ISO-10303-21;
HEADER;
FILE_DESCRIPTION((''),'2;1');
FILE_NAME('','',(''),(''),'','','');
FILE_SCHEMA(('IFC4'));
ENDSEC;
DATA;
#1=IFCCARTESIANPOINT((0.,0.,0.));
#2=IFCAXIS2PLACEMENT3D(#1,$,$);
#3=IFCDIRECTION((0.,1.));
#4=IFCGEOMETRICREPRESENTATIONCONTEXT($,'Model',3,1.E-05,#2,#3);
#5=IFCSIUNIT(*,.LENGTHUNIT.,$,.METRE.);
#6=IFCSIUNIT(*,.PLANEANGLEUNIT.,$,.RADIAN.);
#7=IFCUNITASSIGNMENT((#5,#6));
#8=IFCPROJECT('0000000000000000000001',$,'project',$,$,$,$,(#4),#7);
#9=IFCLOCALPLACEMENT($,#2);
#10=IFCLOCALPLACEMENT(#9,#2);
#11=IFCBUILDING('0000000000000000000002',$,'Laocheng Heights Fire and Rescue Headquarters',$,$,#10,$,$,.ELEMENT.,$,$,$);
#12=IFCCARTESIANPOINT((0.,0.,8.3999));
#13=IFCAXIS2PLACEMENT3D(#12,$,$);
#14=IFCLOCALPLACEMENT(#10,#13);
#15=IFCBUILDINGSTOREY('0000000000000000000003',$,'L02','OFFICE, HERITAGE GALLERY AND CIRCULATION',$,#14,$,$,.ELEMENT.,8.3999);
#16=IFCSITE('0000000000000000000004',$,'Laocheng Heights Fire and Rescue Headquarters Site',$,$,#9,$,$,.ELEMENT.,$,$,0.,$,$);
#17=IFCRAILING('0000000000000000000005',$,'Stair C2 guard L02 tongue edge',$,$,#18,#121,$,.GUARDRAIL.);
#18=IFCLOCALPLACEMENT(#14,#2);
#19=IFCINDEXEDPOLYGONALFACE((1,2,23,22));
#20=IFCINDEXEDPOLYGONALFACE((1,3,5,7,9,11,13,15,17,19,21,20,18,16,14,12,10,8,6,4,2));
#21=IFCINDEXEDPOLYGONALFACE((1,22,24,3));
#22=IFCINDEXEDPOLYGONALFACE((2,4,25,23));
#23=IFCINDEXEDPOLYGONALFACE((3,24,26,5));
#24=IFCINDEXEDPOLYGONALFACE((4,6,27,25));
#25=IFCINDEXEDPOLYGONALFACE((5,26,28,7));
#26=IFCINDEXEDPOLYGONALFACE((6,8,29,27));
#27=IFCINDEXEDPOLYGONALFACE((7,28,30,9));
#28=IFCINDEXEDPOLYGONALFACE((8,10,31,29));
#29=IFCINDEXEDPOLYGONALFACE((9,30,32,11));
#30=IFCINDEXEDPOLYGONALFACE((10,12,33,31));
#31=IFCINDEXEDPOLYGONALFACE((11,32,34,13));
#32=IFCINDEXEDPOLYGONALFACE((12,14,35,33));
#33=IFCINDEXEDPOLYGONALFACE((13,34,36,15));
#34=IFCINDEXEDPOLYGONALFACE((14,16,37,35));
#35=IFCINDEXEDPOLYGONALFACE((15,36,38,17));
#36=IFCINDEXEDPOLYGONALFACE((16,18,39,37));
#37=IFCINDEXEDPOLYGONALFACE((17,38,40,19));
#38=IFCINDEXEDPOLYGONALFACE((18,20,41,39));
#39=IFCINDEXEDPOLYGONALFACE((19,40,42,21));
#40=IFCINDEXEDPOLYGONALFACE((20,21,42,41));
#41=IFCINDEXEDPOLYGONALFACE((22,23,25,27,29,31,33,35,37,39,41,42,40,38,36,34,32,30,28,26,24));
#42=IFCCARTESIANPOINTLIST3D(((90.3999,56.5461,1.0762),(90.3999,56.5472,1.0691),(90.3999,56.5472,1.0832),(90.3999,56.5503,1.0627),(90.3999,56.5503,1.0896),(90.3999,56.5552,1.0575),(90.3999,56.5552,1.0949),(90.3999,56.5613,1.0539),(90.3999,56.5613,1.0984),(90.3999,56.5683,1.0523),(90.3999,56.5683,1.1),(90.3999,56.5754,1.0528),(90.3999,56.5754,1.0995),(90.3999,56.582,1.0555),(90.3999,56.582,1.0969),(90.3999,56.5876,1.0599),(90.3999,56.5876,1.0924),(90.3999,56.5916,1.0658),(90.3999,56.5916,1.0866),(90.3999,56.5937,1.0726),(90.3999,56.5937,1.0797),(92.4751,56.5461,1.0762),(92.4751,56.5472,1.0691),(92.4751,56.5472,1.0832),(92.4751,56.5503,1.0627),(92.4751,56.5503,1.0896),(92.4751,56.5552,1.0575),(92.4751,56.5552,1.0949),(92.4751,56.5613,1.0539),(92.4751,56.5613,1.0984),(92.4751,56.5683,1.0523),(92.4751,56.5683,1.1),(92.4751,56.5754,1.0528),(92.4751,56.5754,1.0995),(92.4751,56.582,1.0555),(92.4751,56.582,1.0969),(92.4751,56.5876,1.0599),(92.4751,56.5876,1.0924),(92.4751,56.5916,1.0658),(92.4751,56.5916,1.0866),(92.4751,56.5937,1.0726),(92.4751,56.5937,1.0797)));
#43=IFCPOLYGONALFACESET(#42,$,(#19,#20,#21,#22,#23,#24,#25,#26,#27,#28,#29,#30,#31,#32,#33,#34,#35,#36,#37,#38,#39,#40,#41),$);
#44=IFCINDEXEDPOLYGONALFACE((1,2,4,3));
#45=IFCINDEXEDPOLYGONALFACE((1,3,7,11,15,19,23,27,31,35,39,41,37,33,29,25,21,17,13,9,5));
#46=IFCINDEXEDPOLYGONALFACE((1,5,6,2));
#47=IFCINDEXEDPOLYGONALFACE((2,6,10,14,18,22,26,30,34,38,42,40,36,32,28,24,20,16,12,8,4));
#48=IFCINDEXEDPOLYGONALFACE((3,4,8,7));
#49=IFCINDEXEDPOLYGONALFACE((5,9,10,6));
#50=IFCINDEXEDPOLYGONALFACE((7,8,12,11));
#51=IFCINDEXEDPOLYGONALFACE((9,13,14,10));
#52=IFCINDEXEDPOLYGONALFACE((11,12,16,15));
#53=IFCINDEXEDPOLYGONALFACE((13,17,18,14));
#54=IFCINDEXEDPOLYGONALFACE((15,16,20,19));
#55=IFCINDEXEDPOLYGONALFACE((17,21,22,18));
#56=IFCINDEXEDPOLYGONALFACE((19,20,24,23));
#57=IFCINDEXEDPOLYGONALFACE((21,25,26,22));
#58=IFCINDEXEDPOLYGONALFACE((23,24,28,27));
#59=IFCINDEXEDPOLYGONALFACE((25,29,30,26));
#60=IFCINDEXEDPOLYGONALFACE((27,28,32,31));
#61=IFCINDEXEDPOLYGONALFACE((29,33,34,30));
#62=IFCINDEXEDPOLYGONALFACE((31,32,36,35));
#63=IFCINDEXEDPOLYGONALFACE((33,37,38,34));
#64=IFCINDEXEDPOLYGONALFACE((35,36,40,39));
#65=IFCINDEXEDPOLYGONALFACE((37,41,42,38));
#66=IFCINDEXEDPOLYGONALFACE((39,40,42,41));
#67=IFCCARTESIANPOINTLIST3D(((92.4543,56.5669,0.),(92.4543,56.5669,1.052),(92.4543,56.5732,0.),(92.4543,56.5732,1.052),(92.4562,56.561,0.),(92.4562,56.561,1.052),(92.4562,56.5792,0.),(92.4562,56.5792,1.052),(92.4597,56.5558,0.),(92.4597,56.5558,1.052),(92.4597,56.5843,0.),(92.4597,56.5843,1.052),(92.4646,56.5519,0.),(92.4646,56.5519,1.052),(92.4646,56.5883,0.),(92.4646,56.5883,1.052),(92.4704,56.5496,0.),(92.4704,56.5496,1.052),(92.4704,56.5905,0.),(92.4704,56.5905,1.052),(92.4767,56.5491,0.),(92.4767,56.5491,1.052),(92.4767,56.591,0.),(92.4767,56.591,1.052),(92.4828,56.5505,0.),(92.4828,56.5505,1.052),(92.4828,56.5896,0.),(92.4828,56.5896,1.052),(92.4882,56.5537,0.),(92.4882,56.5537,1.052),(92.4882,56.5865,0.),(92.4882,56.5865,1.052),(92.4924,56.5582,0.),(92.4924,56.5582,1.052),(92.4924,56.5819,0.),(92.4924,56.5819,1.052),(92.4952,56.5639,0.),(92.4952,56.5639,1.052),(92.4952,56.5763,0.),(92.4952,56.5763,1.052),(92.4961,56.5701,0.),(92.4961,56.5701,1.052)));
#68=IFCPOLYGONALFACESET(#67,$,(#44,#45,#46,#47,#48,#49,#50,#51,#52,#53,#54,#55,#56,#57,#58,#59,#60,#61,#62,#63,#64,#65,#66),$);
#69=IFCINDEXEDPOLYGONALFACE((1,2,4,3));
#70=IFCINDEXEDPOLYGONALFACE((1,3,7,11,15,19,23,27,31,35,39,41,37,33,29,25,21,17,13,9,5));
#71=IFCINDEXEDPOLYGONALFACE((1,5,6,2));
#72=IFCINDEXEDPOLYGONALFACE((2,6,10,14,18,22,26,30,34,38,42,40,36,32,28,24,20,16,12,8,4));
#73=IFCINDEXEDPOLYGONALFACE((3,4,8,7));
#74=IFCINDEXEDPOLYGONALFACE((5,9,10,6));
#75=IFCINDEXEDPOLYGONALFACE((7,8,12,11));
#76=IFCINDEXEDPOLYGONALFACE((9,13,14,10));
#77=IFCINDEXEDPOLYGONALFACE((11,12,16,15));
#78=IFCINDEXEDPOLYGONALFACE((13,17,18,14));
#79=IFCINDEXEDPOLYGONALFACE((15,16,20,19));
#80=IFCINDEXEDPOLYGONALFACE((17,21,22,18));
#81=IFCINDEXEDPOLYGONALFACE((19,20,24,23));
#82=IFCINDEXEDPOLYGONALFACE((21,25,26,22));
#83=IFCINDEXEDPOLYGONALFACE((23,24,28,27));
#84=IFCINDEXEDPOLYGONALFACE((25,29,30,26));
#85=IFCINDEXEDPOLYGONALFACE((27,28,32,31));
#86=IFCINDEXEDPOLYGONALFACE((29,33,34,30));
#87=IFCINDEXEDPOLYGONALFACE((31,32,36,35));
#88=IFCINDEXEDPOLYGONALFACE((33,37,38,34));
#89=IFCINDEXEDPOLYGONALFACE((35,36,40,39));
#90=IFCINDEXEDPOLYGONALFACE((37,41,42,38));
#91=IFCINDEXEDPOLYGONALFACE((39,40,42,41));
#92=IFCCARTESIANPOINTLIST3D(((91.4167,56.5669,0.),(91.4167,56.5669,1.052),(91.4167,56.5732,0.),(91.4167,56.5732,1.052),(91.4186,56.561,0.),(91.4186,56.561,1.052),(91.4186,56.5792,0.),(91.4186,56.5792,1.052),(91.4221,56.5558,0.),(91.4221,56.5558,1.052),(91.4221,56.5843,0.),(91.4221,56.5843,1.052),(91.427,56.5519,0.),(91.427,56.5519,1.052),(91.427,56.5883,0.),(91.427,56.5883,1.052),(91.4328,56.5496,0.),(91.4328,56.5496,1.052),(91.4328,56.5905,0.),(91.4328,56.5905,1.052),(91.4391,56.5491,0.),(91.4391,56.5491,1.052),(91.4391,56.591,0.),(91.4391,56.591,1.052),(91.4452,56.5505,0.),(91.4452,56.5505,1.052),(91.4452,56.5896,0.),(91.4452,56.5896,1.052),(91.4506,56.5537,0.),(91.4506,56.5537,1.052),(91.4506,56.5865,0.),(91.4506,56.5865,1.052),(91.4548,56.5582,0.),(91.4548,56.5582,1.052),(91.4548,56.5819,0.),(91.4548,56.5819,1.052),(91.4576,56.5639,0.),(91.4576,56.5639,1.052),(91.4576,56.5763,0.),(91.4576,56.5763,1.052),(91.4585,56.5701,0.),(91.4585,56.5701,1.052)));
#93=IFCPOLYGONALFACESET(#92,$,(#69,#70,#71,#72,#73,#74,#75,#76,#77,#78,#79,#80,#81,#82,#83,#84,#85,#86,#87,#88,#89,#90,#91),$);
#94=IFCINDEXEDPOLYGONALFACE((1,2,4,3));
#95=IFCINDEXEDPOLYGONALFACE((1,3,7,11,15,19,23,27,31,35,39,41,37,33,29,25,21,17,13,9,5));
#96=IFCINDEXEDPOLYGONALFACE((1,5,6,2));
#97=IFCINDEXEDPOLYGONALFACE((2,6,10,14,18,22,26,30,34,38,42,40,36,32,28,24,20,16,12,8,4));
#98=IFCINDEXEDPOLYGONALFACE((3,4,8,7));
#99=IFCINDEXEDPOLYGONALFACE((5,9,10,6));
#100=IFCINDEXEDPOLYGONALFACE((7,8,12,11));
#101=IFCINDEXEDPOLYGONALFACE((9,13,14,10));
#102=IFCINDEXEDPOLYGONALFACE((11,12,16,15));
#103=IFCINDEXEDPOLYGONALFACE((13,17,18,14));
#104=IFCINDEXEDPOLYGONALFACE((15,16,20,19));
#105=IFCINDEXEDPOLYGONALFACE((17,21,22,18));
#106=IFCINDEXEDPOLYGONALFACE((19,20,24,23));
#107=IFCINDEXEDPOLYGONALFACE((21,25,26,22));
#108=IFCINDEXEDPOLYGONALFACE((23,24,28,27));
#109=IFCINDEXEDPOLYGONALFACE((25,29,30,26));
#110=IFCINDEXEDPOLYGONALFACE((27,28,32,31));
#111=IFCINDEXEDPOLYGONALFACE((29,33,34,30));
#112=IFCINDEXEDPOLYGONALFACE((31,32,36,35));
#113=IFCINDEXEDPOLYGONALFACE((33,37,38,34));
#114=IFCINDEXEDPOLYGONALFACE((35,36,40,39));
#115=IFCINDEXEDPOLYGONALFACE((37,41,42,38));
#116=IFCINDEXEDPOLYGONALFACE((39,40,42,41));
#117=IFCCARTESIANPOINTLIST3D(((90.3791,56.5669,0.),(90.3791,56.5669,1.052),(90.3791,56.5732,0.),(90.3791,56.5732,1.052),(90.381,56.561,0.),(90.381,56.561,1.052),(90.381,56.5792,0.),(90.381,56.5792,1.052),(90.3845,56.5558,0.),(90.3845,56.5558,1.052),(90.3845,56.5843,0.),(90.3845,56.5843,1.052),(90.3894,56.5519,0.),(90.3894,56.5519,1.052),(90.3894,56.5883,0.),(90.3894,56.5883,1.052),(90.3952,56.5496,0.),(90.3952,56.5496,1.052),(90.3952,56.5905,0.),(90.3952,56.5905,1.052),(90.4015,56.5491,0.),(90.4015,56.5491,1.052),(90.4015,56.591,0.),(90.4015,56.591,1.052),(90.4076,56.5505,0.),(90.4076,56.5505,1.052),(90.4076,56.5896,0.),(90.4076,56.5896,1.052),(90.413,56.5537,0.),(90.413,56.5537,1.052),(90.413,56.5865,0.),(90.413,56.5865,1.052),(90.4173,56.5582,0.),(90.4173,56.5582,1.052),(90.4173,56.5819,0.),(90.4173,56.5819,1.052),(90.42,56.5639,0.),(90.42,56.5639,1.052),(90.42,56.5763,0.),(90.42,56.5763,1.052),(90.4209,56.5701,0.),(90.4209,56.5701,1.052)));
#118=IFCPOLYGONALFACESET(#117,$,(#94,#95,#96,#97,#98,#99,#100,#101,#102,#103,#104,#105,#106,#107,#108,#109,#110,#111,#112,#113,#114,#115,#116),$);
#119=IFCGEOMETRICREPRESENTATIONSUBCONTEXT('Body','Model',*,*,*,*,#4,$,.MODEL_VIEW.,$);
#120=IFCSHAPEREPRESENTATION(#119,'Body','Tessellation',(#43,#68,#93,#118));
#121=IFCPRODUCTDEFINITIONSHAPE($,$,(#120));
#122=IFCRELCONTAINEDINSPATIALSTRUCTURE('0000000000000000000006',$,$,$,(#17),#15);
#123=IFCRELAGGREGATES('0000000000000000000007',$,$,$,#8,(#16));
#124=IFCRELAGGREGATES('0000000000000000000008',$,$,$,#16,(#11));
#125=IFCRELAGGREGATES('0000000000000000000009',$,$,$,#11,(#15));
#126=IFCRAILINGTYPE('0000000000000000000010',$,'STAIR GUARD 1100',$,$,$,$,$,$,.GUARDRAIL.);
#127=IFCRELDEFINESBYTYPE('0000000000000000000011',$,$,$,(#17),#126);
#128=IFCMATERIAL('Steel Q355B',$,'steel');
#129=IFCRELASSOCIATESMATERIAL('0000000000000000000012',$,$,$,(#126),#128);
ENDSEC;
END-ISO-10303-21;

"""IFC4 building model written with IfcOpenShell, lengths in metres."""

from ifc_helpers import new_model, si_unit, direction, frame, origin, origin_2d, place, context, subcontext, project, spatial, circle, extrude, material, type_object, element, save


model = new_model("IFC4")

# Units and contexts
model_context = context("Model", 3, precision=1e-05, world=origin(), true_north=direction((0.0, 1.0)))
body_context = subcontext(model_context, "Body", "Model", "MODEL_VIEW")
ifc_project = project(units=[si_unit("LENGTHUNIT", "METRE"), si_unit("PLANEANGLEUNIT", "RADIAN")], contexts=[model_context])

# Site, building, storey
site_placement = place(None, origin())
site = spatial("IfcSite", under=ifc_project, at=site_placement, Name="Laocheng Heights Fire and Rescue Headquarters Site", CompositionType="ELEMENT", RefElevation=0.0)
building_placement = place(site_placement, origin())
building = spatial("IfcBuilding", under=site, at=building_placement, Name="Laocheng Heights Fire and Rescue Headquarters", CompositionType="ELEMENT")
storey_placement = place(building_placement, frame((0.0, 0.0, 8.3999)))
storey = spatial("IfcBuildingStorey", under=building, at=storey_placement, Name="L02", Description="OFFICE, HERITAGE GALLERY AND CIRCULATION", CompositionType="ELEMENT", Elevation=8.3999)

# Railing
ifc_material_1 = material(Name="Steel Q355B", Category="steel")
railing_type_1 = type_object("IfcRailingType", Name="STAIR GUARD 1100", PredefinedType="GUARDRAIL", material=ifc_material_1)
railing_1_placement = place(storey_placement, frame((92.4751, 56.5701, 0.0)))
element("IfcRailing", 1, at=railing_1_placement, inside=storey, type_object=railing_type_1, Name="Stair C2 guard L02 tongue edge", PredefinedType="GUARDRAIL", context=body_context, shape_type="SweptSolid", body=[
    extrude(circle(Radius=0.0239, at=origin_2d()), frame((0.0, 0.0, 1.0762), z_axis=(-1.0, 0.0, 0.0), x_axis=(0.0, -1.0, 0.0)), (0.0, 0.0, 1.0), 2.0752),
    extrude(circle(Radius=0.021, at=origin_2d()), origin(), (0.0, 0.0, 1.0), 1.052),
    extrude(circle(Radius=0.021, at=origin_2d()), frame((-1.0376, 0.0, 0.0)), (0.0, 0.0, 1.0), 1.052),
    extrude(circle(Radius=0.021, at=origin_2d()), frame((-2.0752, 0.0, 0.0)), (0.0, 0.0, 1.0), 1.052),
])

save(model, "model.ifc")
